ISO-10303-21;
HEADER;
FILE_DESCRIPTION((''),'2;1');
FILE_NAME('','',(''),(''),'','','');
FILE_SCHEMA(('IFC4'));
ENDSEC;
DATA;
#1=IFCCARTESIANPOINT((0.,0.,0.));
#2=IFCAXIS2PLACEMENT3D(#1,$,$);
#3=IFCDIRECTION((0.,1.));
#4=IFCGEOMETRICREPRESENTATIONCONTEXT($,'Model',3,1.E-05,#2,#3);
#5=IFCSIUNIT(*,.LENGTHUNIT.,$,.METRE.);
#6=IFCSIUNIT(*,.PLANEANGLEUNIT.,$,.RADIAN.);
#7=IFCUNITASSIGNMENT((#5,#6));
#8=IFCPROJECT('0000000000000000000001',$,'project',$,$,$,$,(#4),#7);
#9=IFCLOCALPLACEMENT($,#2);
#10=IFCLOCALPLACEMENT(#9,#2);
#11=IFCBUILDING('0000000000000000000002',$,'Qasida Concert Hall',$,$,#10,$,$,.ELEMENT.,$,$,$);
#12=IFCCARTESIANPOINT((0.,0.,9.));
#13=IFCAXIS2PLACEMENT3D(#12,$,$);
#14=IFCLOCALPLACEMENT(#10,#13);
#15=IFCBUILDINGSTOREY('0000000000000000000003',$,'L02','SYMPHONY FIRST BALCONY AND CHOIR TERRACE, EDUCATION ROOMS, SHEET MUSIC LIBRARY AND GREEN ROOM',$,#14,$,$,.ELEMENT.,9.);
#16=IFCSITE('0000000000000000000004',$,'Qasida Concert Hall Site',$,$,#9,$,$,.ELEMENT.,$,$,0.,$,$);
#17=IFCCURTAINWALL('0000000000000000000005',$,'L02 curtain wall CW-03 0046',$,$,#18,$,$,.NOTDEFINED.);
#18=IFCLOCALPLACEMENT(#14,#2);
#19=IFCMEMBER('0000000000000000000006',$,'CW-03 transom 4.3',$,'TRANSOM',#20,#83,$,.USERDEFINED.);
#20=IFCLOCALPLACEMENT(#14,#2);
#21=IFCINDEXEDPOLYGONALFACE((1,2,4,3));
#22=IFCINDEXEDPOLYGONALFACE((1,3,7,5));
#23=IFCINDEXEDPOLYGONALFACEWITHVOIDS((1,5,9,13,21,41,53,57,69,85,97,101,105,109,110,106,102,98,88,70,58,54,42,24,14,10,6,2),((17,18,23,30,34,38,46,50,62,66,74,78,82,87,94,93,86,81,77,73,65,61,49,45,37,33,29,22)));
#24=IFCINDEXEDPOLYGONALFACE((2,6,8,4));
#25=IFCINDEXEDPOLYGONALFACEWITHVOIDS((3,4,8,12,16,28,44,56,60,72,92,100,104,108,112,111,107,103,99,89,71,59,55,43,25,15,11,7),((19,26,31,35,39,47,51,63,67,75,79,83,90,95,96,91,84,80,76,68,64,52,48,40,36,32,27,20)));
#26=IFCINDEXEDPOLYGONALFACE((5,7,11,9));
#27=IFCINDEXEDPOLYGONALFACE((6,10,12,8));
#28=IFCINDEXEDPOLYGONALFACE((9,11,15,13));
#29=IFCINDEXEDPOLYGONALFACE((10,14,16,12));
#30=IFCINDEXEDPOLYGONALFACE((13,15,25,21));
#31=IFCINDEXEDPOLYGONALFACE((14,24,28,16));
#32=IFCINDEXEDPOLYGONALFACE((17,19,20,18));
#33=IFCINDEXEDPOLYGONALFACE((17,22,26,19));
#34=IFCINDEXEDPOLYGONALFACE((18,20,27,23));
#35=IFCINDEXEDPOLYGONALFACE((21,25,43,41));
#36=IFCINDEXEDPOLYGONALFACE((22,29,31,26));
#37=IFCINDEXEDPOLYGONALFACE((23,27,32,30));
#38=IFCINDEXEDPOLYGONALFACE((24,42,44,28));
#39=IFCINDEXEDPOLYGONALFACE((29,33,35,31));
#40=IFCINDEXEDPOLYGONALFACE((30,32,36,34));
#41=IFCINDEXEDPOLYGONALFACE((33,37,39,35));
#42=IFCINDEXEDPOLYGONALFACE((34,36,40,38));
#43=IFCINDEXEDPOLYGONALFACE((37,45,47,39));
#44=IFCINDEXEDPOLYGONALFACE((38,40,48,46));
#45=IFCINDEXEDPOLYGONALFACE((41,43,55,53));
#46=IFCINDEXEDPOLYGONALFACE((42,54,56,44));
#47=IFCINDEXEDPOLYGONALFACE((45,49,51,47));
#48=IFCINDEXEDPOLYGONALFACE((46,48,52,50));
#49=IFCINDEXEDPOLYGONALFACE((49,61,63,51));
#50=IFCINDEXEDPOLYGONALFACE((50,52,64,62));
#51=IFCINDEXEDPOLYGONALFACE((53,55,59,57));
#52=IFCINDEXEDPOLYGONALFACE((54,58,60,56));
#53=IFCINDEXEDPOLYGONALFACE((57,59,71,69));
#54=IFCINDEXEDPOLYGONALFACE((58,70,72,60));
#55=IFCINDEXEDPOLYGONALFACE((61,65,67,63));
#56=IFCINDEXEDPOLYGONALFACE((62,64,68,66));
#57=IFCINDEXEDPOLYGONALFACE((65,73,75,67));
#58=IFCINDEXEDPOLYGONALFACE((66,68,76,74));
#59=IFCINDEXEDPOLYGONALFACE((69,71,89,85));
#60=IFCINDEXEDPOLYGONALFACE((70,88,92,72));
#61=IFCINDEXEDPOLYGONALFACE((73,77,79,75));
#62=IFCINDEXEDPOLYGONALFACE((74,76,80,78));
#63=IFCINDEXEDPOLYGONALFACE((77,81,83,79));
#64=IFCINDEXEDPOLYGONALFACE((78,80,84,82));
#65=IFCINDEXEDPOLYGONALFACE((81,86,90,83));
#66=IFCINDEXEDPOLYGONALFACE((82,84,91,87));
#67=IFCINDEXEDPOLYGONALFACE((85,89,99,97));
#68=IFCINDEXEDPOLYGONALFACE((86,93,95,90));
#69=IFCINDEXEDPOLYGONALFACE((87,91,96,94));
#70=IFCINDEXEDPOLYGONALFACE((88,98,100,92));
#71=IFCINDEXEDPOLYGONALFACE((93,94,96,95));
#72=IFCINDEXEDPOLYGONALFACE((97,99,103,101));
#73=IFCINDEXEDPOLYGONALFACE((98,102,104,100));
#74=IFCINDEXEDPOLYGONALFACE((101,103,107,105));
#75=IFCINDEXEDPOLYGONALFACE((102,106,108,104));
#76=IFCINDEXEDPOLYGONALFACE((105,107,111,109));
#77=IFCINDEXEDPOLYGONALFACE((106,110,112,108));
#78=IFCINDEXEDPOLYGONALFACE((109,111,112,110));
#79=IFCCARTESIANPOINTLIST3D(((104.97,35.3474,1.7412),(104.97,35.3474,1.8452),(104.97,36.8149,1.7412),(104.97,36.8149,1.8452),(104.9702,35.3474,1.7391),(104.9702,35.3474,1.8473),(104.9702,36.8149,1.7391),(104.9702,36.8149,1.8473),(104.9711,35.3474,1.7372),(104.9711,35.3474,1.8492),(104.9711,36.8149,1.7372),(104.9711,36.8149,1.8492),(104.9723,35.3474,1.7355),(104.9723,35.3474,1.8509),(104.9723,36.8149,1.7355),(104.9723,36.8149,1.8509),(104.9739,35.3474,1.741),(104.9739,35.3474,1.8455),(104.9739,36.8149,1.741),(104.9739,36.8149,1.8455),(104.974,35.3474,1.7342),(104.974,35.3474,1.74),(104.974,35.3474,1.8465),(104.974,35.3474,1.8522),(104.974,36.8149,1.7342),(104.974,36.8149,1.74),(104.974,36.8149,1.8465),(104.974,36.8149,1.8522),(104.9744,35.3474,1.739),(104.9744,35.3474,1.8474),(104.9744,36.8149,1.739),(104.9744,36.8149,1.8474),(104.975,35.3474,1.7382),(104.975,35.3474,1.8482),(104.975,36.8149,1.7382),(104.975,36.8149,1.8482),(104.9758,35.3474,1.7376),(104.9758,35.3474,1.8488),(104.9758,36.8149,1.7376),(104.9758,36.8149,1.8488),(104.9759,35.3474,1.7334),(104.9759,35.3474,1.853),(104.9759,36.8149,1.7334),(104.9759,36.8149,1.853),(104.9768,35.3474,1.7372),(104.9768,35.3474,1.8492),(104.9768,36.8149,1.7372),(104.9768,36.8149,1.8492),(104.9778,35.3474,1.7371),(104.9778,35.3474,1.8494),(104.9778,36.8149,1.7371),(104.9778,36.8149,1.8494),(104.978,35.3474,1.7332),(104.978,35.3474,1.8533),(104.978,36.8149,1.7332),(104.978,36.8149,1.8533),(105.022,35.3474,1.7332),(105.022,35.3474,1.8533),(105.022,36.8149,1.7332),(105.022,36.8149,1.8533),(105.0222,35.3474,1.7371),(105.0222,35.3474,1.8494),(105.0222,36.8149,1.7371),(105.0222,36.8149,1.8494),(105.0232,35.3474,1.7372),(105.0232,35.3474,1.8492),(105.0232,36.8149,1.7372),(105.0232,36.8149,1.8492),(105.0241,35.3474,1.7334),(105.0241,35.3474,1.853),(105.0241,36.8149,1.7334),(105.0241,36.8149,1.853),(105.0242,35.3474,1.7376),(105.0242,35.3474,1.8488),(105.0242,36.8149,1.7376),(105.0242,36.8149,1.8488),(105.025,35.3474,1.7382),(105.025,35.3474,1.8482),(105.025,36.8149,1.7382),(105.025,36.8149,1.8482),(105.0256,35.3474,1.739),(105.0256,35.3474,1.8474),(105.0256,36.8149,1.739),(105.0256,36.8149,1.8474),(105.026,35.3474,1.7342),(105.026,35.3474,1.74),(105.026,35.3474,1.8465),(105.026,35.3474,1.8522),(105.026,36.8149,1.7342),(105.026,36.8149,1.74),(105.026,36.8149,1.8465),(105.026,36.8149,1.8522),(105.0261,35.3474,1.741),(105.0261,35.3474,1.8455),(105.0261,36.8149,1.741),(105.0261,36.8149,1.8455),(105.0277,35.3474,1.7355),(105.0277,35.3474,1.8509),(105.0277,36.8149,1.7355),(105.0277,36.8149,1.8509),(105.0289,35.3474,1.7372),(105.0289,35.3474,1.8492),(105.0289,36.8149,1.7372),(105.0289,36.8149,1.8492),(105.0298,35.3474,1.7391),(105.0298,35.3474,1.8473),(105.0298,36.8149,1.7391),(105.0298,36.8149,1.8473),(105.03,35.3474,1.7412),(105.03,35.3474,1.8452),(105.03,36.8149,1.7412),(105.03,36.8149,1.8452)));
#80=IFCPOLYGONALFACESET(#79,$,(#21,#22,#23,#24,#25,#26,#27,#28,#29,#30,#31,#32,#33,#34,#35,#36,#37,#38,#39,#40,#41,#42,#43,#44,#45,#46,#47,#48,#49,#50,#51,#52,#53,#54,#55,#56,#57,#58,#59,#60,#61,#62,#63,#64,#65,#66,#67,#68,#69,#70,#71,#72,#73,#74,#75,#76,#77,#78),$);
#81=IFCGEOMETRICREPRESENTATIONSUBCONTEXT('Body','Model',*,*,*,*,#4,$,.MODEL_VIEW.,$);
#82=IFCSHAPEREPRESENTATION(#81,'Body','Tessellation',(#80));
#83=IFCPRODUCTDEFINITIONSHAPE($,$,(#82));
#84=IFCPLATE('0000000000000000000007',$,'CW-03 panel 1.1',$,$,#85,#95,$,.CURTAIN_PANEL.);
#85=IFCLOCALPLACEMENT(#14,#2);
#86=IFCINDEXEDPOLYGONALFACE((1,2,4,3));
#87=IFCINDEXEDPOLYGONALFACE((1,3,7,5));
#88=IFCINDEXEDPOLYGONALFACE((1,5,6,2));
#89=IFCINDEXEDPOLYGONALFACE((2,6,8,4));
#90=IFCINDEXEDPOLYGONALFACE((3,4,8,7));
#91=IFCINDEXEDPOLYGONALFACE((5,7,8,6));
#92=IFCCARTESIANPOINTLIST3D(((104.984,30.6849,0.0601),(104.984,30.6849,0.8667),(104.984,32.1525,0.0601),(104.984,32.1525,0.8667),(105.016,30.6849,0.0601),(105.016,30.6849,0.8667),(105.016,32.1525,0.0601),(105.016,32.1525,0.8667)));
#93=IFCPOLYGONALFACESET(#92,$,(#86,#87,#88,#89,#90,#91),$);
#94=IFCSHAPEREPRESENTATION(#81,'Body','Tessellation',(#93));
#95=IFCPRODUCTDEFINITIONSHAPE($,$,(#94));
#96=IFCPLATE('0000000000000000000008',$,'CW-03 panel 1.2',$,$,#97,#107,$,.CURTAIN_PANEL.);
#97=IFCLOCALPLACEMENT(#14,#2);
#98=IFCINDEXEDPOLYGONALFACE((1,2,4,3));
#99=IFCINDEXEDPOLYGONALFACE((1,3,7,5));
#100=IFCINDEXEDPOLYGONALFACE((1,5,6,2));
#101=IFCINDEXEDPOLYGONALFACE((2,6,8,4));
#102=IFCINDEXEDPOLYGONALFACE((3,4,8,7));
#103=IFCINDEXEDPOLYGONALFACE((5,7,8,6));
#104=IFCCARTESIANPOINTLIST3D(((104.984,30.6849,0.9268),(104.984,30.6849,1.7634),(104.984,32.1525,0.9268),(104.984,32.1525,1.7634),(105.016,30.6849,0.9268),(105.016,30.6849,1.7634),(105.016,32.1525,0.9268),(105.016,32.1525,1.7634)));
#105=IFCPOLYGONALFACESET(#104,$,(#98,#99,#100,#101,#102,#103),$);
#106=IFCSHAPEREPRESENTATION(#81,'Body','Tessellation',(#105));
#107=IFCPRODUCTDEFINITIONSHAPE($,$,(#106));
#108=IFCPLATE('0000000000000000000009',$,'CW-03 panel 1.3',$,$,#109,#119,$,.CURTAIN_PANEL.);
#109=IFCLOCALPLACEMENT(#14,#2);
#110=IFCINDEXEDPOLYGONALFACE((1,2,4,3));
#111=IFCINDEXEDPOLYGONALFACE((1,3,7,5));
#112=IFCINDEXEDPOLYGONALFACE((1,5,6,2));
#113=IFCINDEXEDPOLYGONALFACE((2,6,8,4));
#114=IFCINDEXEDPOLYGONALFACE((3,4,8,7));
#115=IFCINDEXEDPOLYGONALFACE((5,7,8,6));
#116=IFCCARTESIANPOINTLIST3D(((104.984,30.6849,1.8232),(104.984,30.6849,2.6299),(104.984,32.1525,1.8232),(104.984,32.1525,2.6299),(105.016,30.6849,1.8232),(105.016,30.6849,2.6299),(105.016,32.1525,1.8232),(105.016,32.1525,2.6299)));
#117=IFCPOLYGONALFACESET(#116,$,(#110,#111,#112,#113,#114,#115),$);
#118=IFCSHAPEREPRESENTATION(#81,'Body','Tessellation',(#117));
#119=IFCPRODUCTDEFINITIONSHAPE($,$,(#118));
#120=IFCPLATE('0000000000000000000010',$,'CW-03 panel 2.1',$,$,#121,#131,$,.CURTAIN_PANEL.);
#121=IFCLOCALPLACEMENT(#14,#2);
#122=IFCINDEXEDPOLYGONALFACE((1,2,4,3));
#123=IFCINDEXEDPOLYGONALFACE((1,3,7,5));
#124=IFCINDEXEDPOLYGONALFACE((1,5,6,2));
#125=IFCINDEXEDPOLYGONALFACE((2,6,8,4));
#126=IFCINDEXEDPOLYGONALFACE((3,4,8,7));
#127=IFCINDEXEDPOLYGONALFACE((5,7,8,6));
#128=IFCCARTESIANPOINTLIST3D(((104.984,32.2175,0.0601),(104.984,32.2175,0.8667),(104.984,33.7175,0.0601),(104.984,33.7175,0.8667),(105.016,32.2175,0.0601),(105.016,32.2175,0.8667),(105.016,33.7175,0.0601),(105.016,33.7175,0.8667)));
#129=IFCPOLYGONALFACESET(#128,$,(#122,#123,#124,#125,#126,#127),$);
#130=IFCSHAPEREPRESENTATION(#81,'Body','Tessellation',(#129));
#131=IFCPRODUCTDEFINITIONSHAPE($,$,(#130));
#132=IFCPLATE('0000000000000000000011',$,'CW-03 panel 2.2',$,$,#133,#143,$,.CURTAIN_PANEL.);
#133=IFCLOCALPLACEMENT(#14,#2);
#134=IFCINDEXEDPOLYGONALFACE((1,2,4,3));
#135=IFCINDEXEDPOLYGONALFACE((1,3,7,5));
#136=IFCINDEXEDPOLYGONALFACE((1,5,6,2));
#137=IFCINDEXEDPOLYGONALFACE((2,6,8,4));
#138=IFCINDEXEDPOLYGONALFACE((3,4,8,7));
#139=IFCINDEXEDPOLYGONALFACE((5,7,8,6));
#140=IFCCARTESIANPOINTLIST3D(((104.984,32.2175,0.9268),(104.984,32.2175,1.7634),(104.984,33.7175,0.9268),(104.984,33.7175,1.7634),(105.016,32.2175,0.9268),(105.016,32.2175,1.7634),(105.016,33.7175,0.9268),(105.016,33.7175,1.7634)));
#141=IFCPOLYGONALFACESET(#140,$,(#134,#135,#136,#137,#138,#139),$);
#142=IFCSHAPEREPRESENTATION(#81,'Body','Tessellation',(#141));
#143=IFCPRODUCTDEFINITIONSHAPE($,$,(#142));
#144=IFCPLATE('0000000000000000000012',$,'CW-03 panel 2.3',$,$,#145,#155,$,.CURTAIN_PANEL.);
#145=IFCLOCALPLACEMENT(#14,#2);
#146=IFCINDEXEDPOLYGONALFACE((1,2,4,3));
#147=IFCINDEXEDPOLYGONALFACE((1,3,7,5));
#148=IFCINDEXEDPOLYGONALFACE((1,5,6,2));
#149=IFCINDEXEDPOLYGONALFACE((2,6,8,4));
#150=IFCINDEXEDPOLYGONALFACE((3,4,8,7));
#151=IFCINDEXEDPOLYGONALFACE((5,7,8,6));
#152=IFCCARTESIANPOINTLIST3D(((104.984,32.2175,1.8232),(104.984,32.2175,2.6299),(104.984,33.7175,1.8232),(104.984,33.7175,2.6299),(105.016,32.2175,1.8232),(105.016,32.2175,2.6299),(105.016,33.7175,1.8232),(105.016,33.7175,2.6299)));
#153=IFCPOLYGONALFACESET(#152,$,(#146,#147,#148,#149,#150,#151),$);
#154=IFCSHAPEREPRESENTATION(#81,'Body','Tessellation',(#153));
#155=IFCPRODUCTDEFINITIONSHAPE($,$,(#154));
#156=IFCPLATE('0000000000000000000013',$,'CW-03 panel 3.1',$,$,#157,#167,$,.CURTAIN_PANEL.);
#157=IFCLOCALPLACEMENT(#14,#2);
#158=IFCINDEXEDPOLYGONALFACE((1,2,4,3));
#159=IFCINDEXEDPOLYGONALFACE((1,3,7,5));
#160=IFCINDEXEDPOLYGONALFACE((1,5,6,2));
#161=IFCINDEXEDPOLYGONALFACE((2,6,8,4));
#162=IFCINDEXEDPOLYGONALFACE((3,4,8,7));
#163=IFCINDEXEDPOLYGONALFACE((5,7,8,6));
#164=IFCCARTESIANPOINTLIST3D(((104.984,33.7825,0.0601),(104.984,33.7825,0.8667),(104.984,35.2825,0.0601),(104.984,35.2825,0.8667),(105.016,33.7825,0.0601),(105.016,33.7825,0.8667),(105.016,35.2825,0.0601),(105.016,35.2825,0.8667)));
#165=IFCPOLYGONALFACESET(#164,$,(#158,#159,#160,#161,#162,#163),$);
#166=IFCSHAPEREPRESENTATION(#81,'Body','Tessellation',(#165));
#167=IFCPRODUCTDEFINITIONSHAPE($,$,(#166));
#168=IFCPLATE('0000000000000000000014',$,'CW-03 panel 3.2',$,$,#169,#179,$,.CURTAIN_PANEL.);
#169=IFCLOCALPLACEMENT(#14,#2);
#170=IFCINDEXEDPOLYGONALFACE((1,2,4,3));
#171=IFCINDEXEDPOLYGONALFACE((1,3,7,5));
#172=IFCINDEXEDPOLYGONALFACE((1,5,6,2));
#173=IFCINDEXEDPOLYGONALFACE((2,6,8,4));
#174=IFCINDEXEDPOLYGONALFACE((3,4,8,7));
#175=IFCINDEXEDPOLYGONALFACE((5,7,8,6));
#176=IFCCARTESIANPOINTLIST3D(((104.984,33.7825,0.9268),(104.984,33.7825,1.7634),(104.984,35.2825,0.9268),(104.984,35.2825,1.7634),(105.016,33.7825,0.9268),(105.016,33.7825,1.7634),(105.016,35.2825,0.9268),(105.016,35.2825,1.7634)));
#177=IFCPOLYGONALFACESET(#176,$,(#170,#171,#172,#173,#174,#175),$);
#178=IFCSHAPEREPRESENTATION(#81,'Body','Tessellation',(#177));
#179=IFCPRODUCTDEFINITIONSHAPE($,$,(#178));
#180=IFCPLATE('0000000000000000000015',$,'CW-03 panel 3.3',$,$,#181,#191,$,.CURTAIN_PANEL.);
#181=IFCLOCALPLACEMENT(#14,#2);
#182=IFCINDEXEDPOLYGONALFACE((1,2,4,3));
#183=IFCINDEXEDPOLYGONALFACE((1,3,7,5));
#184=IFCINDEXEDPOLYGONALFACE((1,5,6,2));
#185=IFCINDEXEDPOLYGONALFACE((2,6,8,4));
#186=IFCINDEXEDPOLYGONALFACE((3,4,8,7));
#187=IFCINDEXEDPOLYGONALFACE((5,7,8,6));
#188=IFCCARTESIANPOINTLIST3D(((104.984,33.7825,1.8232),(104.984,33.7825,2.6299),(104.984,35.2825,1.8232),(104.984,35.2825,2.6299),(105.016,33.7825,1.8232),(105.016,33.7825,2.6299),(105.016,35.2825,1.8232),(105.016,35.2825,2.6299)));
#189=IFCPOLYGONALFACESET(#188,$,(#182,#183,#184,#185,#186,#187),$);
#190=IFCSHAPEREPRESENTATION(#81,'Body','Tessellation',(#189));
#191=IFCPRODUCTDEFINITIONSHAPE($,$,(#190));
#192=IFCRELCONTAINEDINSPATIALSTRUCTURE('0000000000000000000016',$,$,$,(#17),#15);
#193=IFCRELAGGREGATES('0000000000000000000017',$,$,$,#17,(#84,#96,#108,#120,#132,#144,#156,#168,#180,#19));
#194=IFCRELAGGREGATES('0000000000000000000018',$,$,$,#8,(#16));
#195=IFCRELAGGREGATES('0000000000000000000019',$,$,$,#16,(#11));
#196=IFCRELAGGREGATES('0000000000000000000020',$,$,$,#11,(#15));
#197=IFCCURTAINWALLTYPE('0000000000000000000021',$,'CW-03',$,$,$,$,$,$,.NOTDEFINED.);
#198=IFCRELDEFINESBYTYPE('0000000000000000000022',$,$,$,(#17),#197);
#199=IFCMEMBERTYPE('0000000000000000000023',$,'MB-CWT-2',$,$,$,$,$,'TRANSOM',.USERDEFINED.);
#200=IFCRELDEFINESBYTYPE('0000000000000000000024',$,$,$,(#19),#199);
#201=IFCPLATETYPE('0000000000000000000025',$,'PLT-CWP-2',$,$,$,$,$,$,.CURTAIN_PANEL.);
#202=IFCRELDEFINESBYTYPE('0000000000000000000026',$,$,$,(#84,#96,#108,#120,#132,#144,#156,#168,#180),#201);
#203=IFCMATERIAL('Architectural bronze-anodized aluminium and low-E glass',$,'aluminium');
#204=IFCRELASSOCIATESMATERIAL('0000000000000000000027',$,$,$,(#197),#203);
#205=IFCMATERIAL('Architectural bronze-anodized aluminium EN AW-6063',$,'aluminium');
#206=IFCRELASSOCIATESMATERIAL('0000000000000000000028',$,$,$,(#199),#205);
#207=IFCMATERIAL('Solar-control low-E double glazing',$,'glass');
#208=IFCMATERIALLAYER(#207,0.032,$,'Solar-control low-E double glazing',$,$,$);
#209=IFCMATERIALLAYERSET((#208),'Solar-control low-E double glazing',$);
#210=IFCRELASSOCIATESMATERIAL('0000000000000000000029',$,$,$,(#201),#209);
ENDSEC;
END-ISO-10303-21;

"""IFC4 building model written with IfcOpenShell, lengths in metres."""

from ifc_helpers import new_model, si_unit, direction, frame, origin, origin_2d, place, context, subcontext, project, spatial, rectangle, hollow_rectangle, extrude, material, layer, layer_set, material_profile, profile_set, type_object, element, aggregate, save


model = new_model("IFC4")

# Units and contexts
model_context = context("Model", 3, precision=1e-05, world=origin(), true_north=direction((0.0, 1.0)))
body_context = subcontext(model_context, "Body", "Model", "MODEL_VIEW")
ifc_project = project(units=[si_unit("LENGTHUNIT", "METRE"), si_unit("PLANEANGLEUNIT", "RADIAN")], contexts=[model_context])

# Site, building, storey
site_placement = place(None, origin())
site = spatial("IfcSite", under=ifc_project, at=site_placement, Name="Qasida Concert Hall Site", CompositionType="ELEMENT", RefElevation=0.0)
building_placement = place(site_placement, origin())
building = spatial("IfcBuilding", under=site, at=building_placement, Name="Qasida Concert Hall", CompositionType="ELEMENT")
storey_placement = place(building_placement, frame((0.0, 0.0, 9.0)))
storey = spatial("IfcBuildingStorey", under=building, at=storey_placement, Name="L02", Description="SYMPHONY FIRST BALCONY AND CHOIR TERRACE, EDUCATION ROOMS, SHEET MUSIC LIBRARY AND GREEN ROOM", CompositionType="ELEMENT", Elevation=9.0)

# Curtain wall, member, plates
ifc_material_1 = material(Name="Architectural bronze-anodized aluminium and low-E glass", Category="aluminium")
curtain_wall_type = type_object("IfcCurtainWallType", Name="CW-03", PredefinedType="NOTDEFINED", material=ifc_material_1)
curtain_wall_placement = place(storey_placement, origin())
curtain_wall = element("IfcCurtainWall", 1, at=curtain_wall_placement, inside=storey, type_object=curtain_wall_type, Name="L02 curtain wall CW-03 0046", PredefinedType="NOTDEFINED")
ifc_material_2 = material(Name="Architectural bronze-anodized aluminium EN AW-6063", Category="aluminium")
ifc_material_profile_1 = material_profile(ifc_material_2, hollow_rectangle(XDim=0.0601, YDim=0.1201, WallThickness=0.0039, InnerFilletRadius=0.0039, OuterFilletRadius=0.0081, at=origin_2d()), Name="CWT 120x60x4")
ifc_profile_set_1 = profile_set([ifc_material_profile_1], Name="Architectural bronze-anodized aluminium EN AW-6063")
member_type_1 = type_object("IfcMemberType", Name="MB-CWT-2", ElementType="TRANSOM", PredefinedType="USERDEFINED", material=ifc_profile_set_1)
member_1_placement = place(storey_placement, frame((105.0, 35.3474, 1.7932), z_axis=(0.0, 1.0, 0.0), x_axis=(-1.0, 0.0, 0.0)))
member_1 = element("IfcMember", 2, at=member_1_placement, type_object=member_type_1, Name="CW-03 transom 4.3", ObjectType="TRANSOM", PredefinedType="USERDEFINED", context=body_context, shape_type="SweptSolid", body=[
    extrude(hollow_rectangle(XDim=0.0601, YDim=0.1201, WallThickness=0.0039, InnerFilletRadius=0.0039, OuterFilletRadius=0.0081, at=origin_2d()), origin(), (0.0, 0.0, 1.0), 1.4675),
])
ifc_material_3 = material(Name="Solar-control low-E double glazing", Category="glass")
ifc_layer = layer(ifc_material_3, 0.032, Name="Solar-control low-E double glazing")
ifc_layer_set = layer_set([ifc_layer], Name="Solar-control low-E double glazing")
plate_type = type_object("IfcPlateType", Name="PLT-CWP-2", PredefinedType="CURTAIN_PANEL", material=ifc_layer_set)
plate_1_placement = place(storey_placement, frame((105.0, 31.4187, 0.0601), z_axis=(0.0, 0.0, 1.0), x_axis=(0.0, 1.0, 0.0)))
plate_1 = element("IfcPlate", 3, at=plate_1_placement, type_object=plate_type, Name="CW-03 panel 1.1", PredefinedType="CURTAIN_PANEL", context=body_context, shape_type="SweptSolid", body=[
    extrude(rectangle(XDim=1.4675, YDim=0.032, at=origin_2d()), origin(), (0.0, 0.0, 1.0), 0.8066),
])
plate_2_placement = place(storey_placement, frame((105.0, 31.4187, 0.9268), z_axis=(0.0, 0.0, 1.0), x_axis=(0.0, 1.0, 0.0)))
plate_2 = element("IfcPlate", 4, at=plate_2_placement, type_object=plate_type, Name="CW-03 panel 1.2", PredefinedType="CURTAIN_PANEL", context=body_context, shape_type="SweptSolid", body=[
    extrude(rectangle(XDim=1.4675, YDim=0.032, at=origin_2d()), origin(), (0.0, 0.0, 1.0), 0.8367),
])
plate_3_placement = place(storey_placement, frame((105.0, 31.4187, 1.8232), z_axis=(0.0, 0.0, 1.0), x_axis=(0.0, 1.0, 0.0)))
plate_3 = element("IfcPlate", 5, at=plate_3_placement, type_object=plate_type, Name="CW-03 panel 1.3", PredefinedType="CURTAIN_PANEL", context=body_context, shape_type="SweptSolid", body=[
    extrude(rectangle(XDim=1.4675, YDim=0.032, at=origin_2d()), origin(), (0.0, 0.0, 1.0), 0.8066),
])
plate_4_placement = place(storey_placement, frame((105.0, 32.9675, 0.0601), z_axis=(0.0, 0.0, 1.0), x_axis=(0.0, 1.0, 0.0)))
plate_4 = element("IfcPlate", 6, at=plate_4_placement, type_object=plate_type, Name="CW-03 panel 2.1", PredefinedType="CURTAIN_PANEL", context=body_context, shape_type="SweptSolid", body=[
    extrude(rectangle(XDim=1.5, YDim=0.032, at=origin_2d()), origin(), (0.0, 0.0, 1.0), 0.8066),
])
plate_5_placement = place(storey_placement, frame((105.0, 32.9675, 0.9268), z_axis=(0.0, 0.0, 1.0), x_axis=(0.0, 1.0, 0.0)))
plate_5 = element("IfcPlate", 7, at=plate_5_placement, type_object=plate_type, Name="CW-03 panel 2.2", PredefinedType="CURTAIN_PANEL", context=body_context, shape_type="SweptSolid", body=[
    extrude(rectangle(XDim=1.5, YDim=0.032, at=origin_2d()), origin(), (0.0, 0.0, 1.0), 0.8367),
])
plate_6_placement = place(storey_placement, frame((105.0, 32.9675, 1.8232), z_axis=(0.0, 0.0, 1.0), x_axis=(0.0, 1.0, 0.0)))
plate_6 = element("IfcPlate", 8, at=plate_6_placement, type_object=plate_type, Name="CW-03 panel 2.3", PredefinedType="CURTAIN_PANEL", context=body_context, shape_type="SweptSolid", body=[
    extrude(rectangle(XDim=1.5, YDim=0.032, at=origin_2d()), origin(), (0.0, 0.0, 1.0), 0.8066),
])
plate_7_placement = place(storey_placement, frame((105.0, 34.5325, 0.0601), z_axis=(0.0, 0.0, 1.0), x_axis=(0.0, 1.0, 0.0)))
plate_7 = element("IfcPlate", 9, at=plate_7_placement, type_object=plate_type, Name="CW-03 panel 3.1", PredefinedType="CURTAIN_PANEL", context=body_context, shape_type="SweptSolid", body=[
    extrude(rectangle(XDim=1.5, YDim=0.032, at=origin_2d()), origin(), (0.0, 0.0, 1.0), 0.8066),
])
plate_8_placement = place(storey_placement, frame((105.0, 34.5325, 0.9268), z_axis=(0.0, 0.0, 1.0), x_axis=(0.0, 1.0, 0.0)))
plate_8 = element("IfcPlate", 10, at=plate_8_placement, type_object=plate_type, Name="CW-03 panel 3.2", PredefinedType="CURTAIN_PANEL", context=body_context, shape_type="SweptSolid", body=[
    extrude(rectangle(XDim=1.5, YDim=0.032, at=origin_2d()), origin(), (0.0, 0.0, 1.0), 0.8367),
])
plate_9_placement = place(storey_placement, frame((105.0, 34.5325, 1.8232), z_axis=(0.0, 0.0, 1.0), x_axis=(0.0, 1.0, 0.0)))
plate_9 = element("IfcPlate", 11, at=plate_9_placement, type_object=plate_type, Name="CW-03 panel 3.3", PredefinedType="CURTAIN_PANEL", context=body_context, shape_type="SweptSolid", body=[
    extrude(rectangle(XDim=1.5, YDim=0.032, at=origin_2d()), origin(), (0.0, 0.0, 1.0), 0.8066),
])
aggregate(curtain_wall, [plate_1, plate_2, plate_3, plate_4, plate_5, plate_6, plate_7, plate_8, plate_9, member_1])

save(model, "model.ifc")
